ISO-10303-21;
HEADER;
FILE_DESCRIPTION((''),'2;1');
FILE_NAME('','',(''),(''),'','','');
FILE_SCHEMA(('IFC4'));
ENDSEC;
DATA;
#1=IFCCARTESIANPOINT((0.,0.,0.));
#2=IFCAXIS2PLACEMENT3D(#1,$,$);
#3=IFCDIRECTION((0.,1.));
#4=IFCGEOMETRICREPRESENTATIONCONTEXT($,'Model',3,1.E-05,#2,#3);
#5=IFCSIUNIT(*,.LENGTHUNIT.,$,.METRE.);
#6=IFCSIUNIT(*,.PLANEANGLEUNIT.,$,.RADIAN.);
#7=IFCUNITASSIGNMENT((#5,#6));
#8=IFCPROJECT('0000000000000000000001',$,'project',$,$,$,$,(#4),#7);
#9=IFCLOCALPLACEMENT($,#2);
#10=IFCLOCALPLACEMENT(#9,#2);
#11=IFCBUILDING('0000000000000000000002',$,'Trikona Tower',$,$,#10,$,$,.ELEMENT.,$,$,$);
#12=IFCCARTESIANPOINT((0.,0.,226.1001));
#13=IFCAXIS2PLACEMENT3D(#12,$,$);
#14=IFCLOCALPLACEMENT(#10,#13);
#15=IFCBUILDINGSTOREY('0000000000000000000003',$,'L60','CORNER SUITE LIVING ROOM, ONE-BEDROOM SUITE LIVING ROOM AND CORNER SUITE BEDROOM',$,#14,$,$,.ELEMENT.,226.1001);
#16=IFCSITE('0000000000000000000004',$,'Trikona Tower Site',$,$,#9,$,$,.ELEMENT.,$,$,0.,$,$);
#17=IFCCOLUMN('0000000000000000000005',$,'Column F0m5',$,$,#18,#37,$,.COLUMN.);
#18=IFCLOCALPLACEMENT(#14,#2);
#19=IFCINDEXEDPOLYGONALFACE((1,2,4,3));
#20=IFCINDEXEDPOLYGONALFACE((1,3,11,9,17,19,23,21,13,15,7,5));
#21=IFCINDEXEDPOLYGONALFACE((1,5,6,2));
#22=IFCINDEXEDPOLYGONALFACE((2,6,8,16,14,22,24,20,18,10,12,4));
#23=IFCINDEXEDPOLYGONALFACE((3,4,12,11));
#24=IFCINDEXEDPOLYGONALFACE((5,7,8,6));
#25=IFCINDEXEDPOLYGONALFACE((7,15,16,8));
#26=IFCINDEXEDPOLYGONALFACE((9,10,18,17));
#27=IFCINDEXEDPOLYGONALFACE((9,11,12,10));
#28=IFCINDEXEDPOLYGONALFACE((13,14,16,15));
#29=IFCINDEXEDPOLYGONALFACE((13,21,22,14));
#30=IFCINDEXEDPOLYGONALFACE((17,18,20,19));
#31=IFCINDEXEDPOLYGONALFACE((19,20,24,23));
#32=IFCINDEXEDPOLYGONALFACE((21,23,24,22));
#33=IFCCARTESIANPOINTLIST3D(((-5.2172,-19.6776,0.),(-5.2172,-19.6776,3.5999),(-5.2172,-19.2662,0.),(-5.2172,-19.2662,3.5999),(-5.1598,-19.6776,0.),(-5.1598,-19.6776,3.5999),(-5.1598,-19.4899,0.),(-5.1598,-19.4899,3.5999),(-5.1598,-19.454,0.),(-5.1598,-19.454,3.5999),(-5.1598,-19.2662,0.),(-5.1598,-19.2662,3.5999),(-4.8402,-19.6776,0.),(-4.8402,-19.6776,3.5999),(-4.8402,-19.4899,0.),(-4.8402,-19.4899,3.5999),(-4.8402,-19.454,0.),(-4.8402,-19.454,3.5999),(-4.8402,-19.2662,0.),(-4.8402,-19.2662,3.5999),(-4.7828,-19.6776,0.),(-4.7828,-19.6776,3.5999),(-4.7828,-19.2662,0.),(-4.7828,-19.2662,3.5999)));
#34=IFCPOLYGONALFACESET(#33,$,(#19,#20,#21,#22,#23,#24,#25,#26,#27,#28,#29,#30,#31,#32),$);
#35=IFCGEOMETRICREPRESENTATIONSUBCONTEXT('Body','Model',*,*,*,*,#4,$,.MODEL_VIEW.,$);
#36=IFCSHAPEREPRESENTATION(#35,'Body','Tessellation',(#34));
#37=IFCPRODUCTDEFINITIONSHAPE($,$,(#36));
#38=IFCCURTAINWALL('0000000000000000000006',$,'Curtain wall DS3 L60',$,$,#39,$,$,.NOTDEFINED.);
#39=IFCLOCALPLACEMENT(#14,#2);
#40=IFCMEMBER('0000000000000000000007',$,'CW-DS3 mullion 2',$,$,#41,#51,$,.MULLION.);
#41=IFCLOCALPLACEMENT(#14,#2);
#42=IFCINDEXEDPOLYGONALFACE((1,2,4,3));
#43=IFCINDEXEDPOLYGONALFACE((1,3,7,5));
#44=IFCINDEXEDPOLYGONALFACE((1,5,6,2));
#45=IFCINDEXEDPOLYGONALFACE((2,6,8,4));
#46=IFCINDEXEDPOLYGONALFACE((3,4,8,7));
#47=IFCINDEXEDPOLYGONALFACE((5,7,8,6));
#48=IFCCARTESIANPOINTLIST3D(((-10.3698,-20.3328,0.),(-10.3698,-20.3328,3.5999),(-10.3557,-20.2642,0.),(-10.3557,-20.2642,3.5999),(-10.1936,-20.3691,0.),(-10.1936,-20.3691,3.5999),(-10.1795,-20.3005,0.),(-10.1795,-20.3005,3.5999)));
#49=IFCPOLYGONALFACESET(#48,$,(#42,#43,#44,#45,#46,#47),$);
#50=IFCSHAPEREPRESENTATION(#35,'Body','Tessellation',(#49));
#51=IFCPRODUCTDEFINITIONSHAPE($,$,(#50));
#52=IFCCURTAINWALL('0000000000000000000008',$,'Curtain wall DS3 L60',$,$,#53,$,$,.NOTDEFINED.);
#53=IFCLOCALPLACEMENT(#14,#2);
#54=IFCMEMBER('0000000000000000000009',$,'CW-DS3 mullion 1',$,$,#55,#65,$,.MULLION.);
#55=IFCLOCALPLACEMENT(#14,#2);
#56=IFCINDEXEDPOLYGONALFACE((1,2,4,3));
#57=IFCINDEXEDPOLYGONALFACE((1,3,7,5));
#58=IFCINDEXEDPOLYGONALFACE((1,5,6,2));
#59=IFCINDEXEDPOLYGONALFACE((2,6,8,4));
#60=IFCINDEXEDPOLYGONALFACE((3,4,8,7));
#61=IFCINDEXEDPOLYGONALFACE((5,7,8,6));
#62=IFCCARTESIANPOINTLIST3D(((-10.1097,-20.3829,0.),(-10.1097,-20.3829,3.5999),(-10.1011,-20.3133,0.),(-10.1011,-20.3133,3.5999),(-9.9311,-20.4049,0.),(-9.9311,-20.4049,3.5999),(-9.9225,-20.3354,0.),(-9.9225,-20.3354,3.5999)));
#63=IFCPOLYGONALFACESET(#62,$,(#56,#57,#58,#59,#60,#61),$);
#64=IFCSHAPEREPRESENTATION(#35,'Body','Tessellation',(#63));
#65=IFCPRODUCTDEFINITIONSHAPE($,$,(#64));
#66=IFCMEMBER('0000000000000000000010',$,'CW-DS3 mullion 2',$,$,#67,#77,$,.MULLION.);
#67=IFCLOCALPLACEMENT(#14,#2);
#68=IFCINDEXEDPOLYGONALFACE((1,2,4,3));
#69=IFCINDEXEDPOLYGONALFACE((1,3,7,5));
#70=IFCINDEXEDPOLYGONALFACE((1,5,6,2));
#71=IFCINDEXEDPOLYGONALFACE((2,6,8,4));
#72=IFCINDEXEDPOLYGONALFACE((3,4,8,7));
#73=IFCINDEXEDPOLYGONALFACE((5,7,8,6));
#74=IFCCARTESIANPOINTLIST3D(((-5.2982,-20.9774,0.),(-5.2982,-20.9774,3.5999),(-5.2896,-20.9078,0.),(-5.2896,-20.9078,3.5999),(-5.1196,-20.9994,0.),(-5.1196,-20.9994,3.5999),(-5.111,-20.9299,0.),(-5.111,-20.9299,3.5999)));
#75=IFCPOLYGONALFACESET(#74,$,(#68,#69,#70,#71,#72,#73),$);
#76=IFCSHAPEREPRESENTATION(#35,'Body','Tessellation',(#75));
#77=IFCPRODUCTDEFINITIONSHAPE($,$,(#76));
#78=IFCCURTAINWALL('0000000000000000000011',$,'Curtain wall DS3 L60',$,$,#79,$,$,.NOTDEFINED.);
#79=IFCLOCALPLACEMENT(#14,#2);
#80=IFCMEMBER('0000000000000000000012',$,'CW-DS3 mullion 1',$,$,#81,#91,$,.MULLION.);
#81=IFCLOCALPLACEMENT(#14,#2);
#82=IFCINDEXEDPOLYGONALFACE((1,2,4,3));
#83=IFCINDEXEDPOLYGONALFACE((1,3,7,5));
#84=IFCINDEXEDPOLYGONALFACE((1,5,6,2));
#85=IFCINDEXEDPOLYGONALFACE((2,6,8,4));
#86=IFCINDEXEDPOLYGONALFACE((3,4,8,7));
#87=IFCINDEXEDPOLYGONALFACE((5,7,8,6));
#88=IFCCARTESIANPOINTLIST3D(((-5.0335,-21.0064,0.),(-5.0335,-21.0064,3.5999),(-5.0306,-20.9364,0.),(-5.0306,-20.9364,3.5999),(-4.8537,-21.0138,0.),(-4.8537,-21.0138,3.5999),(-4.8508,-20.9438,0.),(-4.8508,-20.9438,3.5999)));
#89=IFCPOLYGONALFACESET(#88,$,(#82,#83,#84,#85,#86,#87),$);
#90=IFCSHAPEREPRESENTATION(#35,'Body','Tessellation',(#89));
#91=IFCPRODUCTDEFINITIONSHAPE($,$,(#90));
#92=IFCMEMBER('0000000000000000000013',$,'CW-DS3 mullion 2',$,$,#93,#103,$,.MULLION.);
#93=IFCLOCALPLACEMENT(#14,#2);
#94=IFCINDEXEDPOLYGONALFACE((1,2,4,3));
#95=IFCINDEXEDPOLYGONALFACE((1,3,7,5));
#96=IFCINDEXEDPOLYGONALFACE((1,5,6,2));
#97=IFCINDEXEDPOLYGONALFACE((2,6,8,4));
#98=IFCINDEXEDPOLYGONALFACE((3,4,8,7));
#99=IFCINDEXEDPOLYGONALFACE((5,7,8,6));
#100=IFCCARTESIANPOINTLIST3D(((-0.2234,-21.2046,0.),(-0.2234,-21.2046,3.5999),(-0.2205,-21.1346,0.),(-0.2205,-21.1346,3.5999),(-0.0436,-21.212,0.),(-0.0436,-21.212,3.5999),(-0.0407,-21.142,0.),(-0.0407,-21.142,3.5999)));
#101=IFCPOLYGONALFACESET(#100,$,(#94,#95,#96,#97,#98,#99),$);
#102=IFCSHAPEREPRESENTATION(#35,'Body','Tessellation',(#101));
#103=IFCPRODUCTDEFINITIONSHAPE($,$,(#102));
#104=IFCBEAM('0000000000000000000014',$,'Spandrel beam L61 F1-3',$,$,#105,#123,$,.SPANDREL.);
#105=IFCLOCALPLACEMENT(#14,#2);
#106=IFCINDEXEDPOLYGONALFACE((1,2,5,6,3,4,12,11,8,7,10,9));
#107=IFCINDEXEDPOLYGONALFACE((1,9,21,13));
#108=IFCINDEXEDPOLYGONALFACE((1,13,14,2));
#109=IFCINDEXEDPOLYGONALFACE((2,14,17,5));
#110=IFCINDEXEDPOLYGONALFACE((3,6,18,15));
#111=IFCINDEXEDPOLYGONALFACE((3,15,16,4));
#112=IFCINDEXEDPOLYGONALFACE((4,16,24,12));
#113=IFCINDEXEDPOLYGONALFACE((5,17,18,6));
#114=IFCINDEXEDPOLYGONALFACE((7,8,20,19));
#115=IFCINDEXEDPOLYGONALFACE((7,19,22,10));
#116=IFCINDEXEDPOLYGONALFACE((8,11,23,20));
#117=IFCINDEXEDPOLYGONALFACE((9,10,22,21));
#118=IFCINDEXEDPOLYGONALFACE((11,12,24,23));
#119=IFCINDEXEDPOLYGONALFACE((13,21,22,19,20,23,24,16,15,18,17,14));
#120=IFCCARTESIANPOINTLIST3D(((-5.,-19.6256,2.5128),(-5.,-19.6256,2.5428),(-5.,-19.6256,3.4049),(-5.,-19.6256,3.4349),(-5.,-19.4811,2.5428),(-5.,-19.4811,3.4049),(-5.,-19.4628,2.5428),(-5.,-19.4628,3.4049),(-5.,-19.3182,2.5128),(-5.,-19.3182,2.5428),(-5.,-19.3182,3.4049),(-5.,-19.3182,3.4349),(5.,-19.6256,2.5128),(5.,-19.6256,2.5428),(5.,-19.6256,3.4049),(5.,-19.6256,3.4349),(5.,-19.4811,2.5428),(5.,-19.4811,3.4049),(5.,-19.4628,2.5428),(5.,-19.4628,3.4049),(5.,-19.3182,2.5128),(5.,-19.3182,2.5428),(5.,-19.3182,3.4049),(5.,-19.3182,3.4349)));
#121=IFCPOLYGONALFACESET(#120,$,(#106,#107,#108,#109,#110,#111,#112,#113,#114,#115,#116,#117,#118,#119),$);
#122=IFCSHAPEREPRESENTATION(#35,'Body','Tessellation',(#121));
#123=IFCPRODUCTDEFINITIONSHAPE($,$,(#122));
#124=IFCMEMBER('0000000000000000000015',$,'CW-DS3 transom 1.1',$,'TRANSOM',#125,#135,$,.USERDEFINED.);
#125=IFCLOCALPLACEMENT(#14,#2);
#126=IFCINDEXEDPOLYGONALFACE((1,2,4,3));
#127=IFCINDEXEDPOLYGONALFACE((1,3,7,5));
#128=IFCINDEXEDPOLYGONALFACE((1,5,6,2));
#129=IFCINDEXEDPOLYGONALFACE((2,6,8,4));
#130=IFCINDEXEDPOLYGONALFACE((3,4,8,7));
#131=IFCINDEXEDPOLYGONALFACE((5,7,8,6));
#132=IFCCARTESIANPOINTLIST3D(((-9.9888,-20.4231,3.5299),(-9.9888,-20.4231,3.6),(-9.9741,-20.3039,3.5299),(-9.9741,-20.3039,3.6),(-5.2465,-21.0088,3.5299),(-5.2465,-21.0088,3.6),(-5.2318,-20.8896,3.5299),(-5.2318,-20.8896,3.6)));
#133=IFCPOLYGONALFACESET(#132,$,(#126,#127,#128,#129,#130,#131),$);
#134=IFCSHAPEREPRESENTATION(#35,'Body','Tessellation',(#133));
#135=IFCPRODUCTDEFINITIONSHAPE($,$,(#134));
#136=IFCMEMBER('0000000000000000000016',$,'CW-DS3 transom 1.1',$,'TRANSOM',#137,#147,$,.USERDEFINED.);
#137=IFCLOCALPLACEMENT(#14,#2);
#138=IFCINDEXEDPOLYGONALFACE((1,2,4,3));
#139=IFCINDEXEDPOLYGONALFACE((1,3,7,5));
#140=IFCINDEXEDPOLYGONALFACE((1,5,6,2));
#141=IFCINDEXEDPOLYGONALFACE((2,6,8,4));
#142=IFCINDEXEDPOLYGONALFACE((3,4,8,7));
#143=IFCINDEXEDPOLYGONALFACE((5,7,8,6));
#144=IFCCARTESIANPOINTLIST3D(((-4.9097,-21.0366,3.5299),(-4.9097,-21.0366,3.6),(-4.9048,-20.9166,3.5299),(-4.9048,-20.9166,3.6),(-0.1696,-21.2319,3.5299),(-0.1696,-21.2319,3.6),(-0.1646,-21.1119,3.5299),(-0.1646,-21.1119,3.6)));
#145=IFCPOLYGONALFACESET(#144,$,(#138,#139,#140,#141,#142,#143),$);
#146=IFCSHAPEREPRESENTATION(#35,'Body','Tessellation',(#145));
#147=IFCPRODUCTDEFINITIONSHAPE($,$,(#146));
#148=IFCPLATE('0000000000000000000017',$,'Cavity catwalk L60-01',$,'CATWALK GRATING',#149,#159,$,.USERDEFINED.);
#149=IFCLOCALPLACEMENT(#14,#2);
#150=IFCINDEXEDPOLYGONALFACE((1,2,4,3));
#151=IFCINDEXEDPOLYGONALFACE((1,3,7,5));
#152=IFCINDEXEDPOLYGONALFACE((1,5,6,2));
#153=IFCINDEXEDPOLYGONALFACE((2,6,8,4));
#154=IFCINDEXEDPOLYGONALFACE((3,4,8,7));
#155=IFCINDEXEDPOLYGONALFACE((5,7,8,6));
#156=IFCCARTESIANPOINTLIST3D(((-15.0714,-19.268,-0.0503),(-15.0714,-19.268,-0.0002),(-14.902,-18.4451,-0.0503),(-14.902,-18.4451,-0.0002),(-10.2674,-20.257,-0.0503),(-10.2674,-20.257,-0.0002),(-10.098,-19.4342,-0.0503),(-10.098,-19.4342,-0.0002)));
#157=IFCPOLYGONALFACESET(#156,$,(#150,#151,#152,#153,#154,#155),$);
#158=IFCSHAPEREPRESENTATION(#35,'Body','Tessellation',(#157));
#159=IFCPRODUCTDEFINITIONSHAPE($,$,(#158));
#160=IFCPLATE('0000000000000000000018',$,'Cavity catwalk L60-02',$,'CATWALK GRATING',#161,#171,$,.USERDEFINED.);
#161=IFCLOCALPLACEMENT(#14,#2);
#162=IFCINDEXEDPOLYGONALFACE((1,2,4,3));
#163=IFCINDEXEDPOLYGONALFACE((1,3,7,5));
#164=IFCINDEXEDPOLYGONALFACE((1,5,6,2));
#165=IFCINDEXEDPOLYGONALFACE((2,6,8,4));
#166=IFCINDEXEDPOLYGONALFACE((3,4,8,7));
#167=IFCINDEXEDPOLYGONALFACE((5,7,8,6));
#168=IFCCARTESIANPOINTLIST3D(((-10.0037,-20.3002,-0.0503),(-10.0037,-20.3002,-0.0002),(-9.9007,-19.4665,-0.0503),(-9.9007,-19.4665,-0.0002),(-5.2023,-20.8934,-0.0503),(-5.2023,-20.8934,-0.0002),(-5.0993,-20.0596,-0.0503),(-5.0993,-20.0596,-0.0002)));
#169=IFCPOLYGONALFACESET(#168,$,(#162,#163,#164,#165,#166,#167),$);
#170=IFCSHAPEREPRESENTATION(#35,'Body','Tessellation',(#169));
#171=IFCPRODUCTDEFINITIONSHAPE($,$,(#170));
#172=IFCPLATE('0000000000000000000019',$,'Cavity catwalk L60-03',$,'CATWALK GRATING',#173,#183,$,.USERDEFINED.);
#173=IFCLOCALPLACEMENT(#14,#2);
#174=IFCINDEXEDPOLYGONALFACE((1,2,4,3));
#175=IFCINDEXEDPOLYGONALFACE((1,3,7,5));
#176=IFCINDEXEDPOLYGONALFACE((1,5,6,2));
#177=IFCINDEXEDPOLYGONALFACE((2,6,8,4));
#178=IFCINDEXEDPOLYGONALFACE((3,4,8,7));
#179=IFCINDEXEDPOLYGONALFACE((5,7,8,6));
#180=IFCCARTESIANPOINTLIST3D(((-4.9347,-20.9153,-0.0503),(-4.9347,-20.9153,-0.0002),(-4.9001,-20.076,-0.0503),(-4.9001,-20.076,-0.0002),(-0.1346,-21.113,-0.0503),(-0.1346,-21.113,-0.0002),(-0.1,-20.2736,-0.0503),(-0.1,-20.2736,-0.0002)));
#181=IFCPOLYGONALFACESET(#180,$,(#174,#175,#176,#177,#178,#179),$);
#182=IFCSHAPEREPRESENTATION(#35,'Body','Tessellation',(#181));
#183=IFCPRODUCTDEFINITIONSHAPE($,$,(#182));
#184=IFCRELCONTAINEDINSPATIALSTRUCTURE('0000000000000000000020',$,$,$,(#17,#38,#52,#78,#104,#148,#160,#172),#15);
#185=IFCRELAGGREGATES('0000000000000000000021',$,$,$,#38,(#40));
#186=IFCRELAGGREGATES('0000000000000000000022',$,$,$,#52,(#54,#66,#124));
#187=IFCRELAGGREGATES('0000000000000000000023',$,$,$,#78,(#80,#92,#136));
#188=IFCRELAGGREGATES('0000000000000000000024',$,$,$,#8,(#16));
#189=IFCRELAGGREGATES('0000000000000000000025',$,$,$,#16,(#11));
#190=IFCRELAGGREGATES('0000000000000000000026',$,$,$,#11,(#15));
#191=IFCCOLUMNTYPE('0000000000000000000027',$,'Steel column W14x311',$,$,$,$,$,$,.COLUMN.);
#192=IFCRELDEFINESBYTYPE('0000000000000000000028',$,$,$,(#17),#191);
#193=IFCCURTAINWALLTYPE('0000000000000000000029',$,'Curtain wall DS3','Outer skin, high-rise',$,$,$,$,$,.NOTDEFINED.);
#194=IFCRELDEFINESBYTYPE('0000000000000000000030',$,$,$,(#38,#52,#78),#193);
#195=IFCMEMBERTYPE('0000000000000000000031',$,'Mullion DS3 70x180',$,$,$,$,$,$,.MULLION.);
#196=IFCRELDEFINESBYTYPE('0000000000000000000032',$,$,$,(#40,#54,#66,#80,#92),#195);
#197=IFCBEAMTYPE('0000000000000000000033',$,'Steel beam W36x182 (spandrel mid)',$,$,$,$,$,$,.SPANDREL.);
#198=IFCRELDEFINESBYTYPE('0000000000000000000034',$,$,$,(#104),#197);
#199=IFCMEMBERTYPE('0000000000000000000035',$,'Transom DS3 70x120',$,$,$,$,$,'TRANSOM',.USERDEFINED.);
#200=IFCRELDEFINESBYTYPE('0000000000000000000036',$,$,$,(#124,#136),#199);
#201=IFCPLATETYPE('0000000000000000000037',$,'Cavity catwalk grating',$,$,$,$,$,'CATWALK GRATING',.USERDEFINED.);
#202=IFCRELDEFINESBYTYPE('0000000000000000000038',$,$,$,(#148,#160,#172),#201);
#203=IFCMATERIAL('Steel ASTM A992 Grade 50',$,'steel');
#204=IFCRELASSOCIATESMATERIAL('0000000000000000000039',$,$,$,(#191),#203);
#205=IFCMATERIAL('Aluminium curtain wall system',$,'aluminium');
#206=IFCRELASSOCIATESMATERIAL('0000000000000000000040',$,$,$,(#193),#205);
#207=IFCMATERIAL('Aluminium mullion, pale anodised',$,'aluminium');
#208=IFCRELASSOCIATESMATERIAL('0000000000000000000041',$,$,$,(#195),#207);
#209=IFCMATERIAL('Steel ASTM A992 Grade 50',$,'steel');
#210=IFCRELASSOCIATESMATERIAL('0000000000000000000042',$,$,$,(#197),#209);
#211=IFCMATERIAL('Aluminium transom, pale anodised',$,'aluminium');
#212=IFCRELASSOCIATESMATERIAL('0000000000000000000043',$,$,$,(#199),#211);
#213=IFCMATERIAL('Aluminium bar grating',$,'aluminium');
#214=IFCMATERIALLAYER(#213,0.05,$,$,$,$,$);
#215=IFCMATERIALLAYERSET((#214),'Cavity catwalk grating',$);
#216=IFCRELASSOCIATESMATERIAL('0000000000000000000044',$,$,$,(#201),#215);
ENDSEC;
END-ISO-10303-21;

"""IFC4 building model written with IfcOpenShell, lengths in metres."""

from ifc_helpers import new_model, si_unit, direction, frame, origin, origin_2d, place, context, subcontext, project, spatial, rectangle, i_section, extrude, material, layer, layer_set, material_profile, profile_set, type_object, element, aggregate, save


model = new_model("IFC4")

# Units and contexts
model_context = context("Model", 3, precision=1e-05, world=origin(), true_north=direction((0.0, 1.0)))
body_context = subcontext(model_context, "Body", "Model", "MODEL_VIEW")
ifc_project = project(units=[si_unit("LENGTHUNIT", "METRE"), si_unit("PLANEANGLEUNIT", "RADIAN")], contexts=[model_context])

# Site, building, storey
site_placement = place(None, origin())
site = spatial("IfcSite", under=ifc_project, at=site_placement, Name="Trikona Tower Site", CompositionType="ELEMENT", RefElevation=0.0)
building_placement = place(site_placement, origin())
building = spatial("IfcBuilding", under=site, at=building_placement, Name="Trikona Tower", CompositionType="ELEMENT")
storey_placement = place(building_placement, frame((0.0, 0.0, 226.1001)))
storey = spatial("IfcBuildingStorey", under=building, at=storey_placement, Name="L60", Description="CORNER SUITE LIVING ROOM, ONE-BEDROOM SUITE LIVING ROOM AND CORNER SUITE BEDROOM", CompositionType="ELEMENT", Elevation=226.1001)

# Column
ifc_material_1 = material(Name="Steel ASTM A992 Grade 50", Category="steel")
ifc_material_profile_1 = material_profile(ifc_material_1, i_section(OverallWidth=0.4114, OverallDepth=0.4343, WebThickness=0.0359, FlangeThickness=0.0574, at=origin_2d()), Name="W14X311")
ifc_profile_set_1 = profile_set([ifc_material_profile_1], Name="Steel ASTM A992 Grade 50")
column_type = type_object("IfcColumnType", Name="Steel column W14x311", PredefinedType="COLUMN", material=ifc_profile_set_1)
column_placement = place(storey_placement, frame((-5.0, -19.4719, 0.0), z_axis=(0.0, 0.0, 1.0), x_axis=(0.0, -1.0, 0.0)))
element("IfcColumn", 1, at=column_placement, inside=storey, type_object=column_type, Name="Column F0m5", PredefinedType="COLUMN", context=body_context, shape_type="SweptSolid", body=[
    extrude(i_section(OverallWidth=0.4114, OverallDepth=0.4343, WebThickness=0.0359, FlangeThickness=0.0574, at=origin_2d()), origin(), (0.0, 0.0, 1.0), 3.5999),
])

# Curtain wall, member
ifc_material_2 = material(Name="Aluminium curtain wall system", Category="aluminium")
curtain_wall_type = type_object("IfcCurtainWallType", Name="Curtain wall DS3", Description="Outer skin, high-rise", PredefinedType="NOTDEFINED", material=ifc_material_2)
curtain_wall_1_placement = place(storey_placement, origin())
curtain_wall_1 = element("IfcCurtainWall", 2, at=curtain_wall_1_placement, inside=storey, type_object=curtain_wall_type, Name="Curtain wall DS3 L60", PredefinedType="NOTDEFINED")
ifc_material_3 = material(Name="Aluminium mullion, pale anodised", Category="aluminium")
ifc_material_profile_2 = material_profile(ifc_material_3, rectangle(XDim=0.0701, YDim=0.1799, at=origin_2d()), Name="MUL-DS3")
ifc_profile_set_2 = profile_set([ifc_material_profile_2], Name="Aluminium mullion, pale anodised")
member_type_1 = type_object("IfcMemberType", Name="Mullion DS3 70x180", PredefinedType="MULLION", material=ifc_profile_set_2)
member_1_placement = place(storey_placement, frame((-10.2747, -20.3167, 0.0), z_axis=(0.0, 0.0, 1.0), x_axis=(0.201653, 0.979457, 0.0)))
member_1 = element("IfcMember", 3, at=member_1_placement, type_object=member_type_1, Name="CW-DS3 mullion 2", PredefinedType="MULLION", context=body_context, shape_type="SweptSolid", body=[
    extrude(rectangle(XDim=0.0701, YDim=0.1799, at=origin_2d()), origin(), (0.0, 0.0, 1.0), 3.5999),
])

# Curtain walls, members
curtain_wall_2_placement = place(storey_placement, origin())
curtain_wall_2 = element("IfcCurtainWall", 4, at=curtain_wall_2_placement, inside=storey, type_object=curtain_wall_type, Name="Curtain wall DS3 L60", PredefinedType="NOTDEFINED")
member_2_placement = place(storey_placement, frame((-10.0161, -20.3591, 0.0), z_axis=(0.0, 0.0, 1.0), x_axis=(0.122611, 0.992455, 0.0)))
member_2 = element("IfcMember", 5, at=member_2_placement, type_object=member_type_1, Name="CW-DS3 mullion 1", PredefinedType="MULLION", context=body_context, shape_type="SweptSolid", body=[
    extrude(rectangle(XDim=0.0701, YDim=0.1799, at=origin_2d()), origin(), (0.0, 0.0, 1.0), 3.5999),
])
member_3_placement = place(storey_placement, frame((-5.2046, -20.9536, 0.0), z_axis=(0.0, 0.0, 1.0), x_axis=(0.122611, 0.992455, 0.0)))
member_3 = element("IfcMember", 6, at=member_3_placement, type_object=member_type_1, Name="CW-DS3 mullion 2", PredefinedType="MULLION", context=body_context, shape_type="SweptSolid", body=[
    extrude(rectangle(XDim=0.0701, YDim=0.1799, at=origin_2d()), origin(), (0.0, 0.0, 1.0), 3.5999),
])
curtain_wall_3_placement = place(storey_placement, origin())
curtain_wall_3 = element("IfcCurtainWall", 7, at=curtain_wall_3_placement, inside=storey, type_object=curtain_wall_type, Name="Curtain wall DS3 L60", PredefinedType="NOTDEFINED")
member_4_placement = place(storey_placement, frame((-4.9421, -20.9751, 0.0), z_axis=(0.0, 0.0, 1.0), x_axis=(0.041153, 0.999153, 0.0)))
member_4 = element("IfcMember", 8, at=member_4_placement, type_object=member_type_1, Name="CW-DS3 mullion 1", PredefinedType="MULLION", context=body_context, shape_type="SweptSolid", body=[
    extrude(rectangle(XDim=0.0701, YDim=0.1799, at=origin_2d()), origin(), (0.0, 0.0, 1.0), 3.5999),
])
member_5_placement = place(storey_placement, frame((-0.1321, -21.1733, 0.0), z_axis=(0.0, 0.0, 1.0), x_axis=(0.041153, 0.999153, 0.0)))
member_5 = element("IfcMember", 9, at=member_5_placement, type_object=member_type_1, Name="CW-DS3 mullion 2", PredefinedType="MULLION", context=body_context, shape_type="SweptSolid", body=[
    extrude(rectangle(XDim=0.0701, YDim=0.1799, at=origin_2d()), origin(), (0.0, 0.0, 1.0), 3.5999),
])

# Beam
ifc_material_4 = material(Name="Steel ASTM A992 Grade 50", Category="steel")
ifc_material_profile_3 = material_profile(ifc_material_4, i_section(OverallWidth=0.3074, OverallDepth=0.9221, WebThickness=0.0183, FlangeThickness=0.03, at=origin_2d()), Name="W36X182")
ifc_profile_set_3 = profile_set([ifc_material_profile_3], Name="Steel ASTM A992 Grade 50")
beam_type = type_object("IfcBeamType", Name="Steel beam W36x182 (spandrel mid)", PredefinedType="SPANDREL", material=ifc_profile_set_3)
beam_placement = place(storey_placement, frame((-5.0, -19.4719, 2.9739), z_axis=(1.0, 0.0, 0.0), x_axis=(0.0, 1.0, 0.0)))
element("IfcBeam", 10, at=beam_placement, inside=storey, type_object=beam_type, Name="Spandrel beam L61 F1-3", PredefinedType="SPANDREL", context=body_context, shape_type="SweptSolid", body=[
    extrude(i_section(OverallWidth=0.3074, OverallDepth=0.9221, WebThickness=0.0183, FlangeThickness=0.03, at=origin_2d()), origin(), (0.0, 0.0, 1.0), 10.0),
])

# Members
ifc_material_5 = material(Name="Aluminium transom, pale anodised", Category="aluminium")
ifc_material_profile_4 = material_profile(ifc_material_5, rectangle(XDim=0.1201, YDim=0.0701, at=origin_2d()), Name="TRN-DS3")
ifc_profile_set_4 = profile_set([ifc_material_profile_4], Name="Aluminium transom, pale anodised")
member_type_2 = type_object("IfcMemberType", Name="Transom DS3 70x120", ElementType="TRANSOM", PredefinedType="USERDEFINED", material=ifc_profile_set_4)
member_6_placement = place(storey_placement, frame((-9.9814, -20.3635, 3.5649), z_axis=(0.992459, -0.122576, 0.0), x_axis=(0.122576, 0.992459, 0.0)))
member_6 = element("IfcMember", 11, at=member_6_placement, type_object=member_type_2, Name="CW-DS3 transom 1.1", ObjectType="TRANSOM", PredefinedType="USERDEFINED", context=body_context, shape_type="SweptSolid", body=[
    extrude(rectangle(XDim=0.1201, YDim=0.0701, at=origin_2d()), origin(), (0.0, 0.0, 1.0), 4.7783),
])
member_7_placement = place(storey_placement, frame((-4.9072, -20.9766, 3.5649), z_axis=(0.999152, -0.041168, 0.0), x_axis=(0.041168, 0.999152, 0.0)))
member_7 = element("IfcMember", 12, at=member_7_placement, type_object=member_type_2, Name="CW-DS3 transom 1.1", ObjectType="TRANSOM", PredefinedType="USERDEFINED", context=body_context, shape_type="SweptSolid", body=[
    extrude(rectangle(XDim=0.1201, YDim=0.0701, at=origin_2d()), origin(), (0.0, 0.0, 1.0), 4.7441),
])

# Plates
ifc_material_6 = material(Name="Aluminium bar grating", Category="aluminium")
ifc_layer_1 = layer(ifc_material_6, 0.05)
ifc_layer_set_1 = layer_set([ifc_layer_1], Name="Cavity catwalk grating")
plate_type_1 = type_object("IfcPlateType", Name="Cavity catwalk grating", ElementType="CATWALK GRATING", PredefinedType="USERDEFINED", material=ifc_layer_set_1)
plate_1_placement = place(storey_placement, frame((-12.5847, -19.3511, -0.0503), z_axis=(0.0, 0.0, 1.0), x_axis=(0.979458, -0.201651, 0.0)))
element("IfcPlate", 13, at=plate_1_placement, inside=storey, type_object=plate_type_1, Name="Cavity catwalk L60-01", ObjectType="CATWALK GRATING", PredefinedType="USERDEFINED", context=body_context, shape_type="SweptSolid", body=[
    extrude(rectangle(XDim=4.9048, YDim=0.8401, at=origin_2d()), origin(), (0.0, 0.0, 1.0), 0.05),
])
plate_2_placement = place(storey_placement, frame((-7.5515, -20.1799, -0.0503), z_axis=(0.0, 0.0, 1.0), x_axis=(0.992455, -0.122607, 0.0)))
element("IfcPlate", 14, at=plate_2_placement, inside=storey, type_object=plate_type_1, Name="Cavity catwalk L60-02", ObjectType="CATWALK GRATING", PredefinedType="USERDEFINED", context=body_context, shape_type="SweptSolid", body=[
    extrude(rectangle(XDim=4.8379, YDim=0.8401, at=origin_2d()), origin(), (0.0, 0.0, 1.0), 0.05),
])
plate_3_placement = place(storey_placement, frame((-2.5173, -20.5945, -0.0503), z_axis=(0.0, 0.0, 1.0), x_axis=(0.999153, -0.041145, 0.0)))
element("IfcPlate", 15, at=plate_3_placement, inside=storey, type_object=plate_type_1, Name="Cavity catwalk L60-03", ObjectType="CATWALK GRATING", PredefinedType="USERDEFINED", context=body_context, shape_type="SweptSolid", body=[
    extrude(rectangle(XDim=4.8042, YDim=0.8401, at=origin_2d()), origin(), (0.0, 0.0, 1.0), 0.05),
])

aggregate(curtain_wall_1, [member_1])
aggregate(curtain_wall_2, [member_2, member_3, member_6])
aggregate(curtain_wall_3, [member_4, member_5, member_7])

save(model, "model.ifc")
